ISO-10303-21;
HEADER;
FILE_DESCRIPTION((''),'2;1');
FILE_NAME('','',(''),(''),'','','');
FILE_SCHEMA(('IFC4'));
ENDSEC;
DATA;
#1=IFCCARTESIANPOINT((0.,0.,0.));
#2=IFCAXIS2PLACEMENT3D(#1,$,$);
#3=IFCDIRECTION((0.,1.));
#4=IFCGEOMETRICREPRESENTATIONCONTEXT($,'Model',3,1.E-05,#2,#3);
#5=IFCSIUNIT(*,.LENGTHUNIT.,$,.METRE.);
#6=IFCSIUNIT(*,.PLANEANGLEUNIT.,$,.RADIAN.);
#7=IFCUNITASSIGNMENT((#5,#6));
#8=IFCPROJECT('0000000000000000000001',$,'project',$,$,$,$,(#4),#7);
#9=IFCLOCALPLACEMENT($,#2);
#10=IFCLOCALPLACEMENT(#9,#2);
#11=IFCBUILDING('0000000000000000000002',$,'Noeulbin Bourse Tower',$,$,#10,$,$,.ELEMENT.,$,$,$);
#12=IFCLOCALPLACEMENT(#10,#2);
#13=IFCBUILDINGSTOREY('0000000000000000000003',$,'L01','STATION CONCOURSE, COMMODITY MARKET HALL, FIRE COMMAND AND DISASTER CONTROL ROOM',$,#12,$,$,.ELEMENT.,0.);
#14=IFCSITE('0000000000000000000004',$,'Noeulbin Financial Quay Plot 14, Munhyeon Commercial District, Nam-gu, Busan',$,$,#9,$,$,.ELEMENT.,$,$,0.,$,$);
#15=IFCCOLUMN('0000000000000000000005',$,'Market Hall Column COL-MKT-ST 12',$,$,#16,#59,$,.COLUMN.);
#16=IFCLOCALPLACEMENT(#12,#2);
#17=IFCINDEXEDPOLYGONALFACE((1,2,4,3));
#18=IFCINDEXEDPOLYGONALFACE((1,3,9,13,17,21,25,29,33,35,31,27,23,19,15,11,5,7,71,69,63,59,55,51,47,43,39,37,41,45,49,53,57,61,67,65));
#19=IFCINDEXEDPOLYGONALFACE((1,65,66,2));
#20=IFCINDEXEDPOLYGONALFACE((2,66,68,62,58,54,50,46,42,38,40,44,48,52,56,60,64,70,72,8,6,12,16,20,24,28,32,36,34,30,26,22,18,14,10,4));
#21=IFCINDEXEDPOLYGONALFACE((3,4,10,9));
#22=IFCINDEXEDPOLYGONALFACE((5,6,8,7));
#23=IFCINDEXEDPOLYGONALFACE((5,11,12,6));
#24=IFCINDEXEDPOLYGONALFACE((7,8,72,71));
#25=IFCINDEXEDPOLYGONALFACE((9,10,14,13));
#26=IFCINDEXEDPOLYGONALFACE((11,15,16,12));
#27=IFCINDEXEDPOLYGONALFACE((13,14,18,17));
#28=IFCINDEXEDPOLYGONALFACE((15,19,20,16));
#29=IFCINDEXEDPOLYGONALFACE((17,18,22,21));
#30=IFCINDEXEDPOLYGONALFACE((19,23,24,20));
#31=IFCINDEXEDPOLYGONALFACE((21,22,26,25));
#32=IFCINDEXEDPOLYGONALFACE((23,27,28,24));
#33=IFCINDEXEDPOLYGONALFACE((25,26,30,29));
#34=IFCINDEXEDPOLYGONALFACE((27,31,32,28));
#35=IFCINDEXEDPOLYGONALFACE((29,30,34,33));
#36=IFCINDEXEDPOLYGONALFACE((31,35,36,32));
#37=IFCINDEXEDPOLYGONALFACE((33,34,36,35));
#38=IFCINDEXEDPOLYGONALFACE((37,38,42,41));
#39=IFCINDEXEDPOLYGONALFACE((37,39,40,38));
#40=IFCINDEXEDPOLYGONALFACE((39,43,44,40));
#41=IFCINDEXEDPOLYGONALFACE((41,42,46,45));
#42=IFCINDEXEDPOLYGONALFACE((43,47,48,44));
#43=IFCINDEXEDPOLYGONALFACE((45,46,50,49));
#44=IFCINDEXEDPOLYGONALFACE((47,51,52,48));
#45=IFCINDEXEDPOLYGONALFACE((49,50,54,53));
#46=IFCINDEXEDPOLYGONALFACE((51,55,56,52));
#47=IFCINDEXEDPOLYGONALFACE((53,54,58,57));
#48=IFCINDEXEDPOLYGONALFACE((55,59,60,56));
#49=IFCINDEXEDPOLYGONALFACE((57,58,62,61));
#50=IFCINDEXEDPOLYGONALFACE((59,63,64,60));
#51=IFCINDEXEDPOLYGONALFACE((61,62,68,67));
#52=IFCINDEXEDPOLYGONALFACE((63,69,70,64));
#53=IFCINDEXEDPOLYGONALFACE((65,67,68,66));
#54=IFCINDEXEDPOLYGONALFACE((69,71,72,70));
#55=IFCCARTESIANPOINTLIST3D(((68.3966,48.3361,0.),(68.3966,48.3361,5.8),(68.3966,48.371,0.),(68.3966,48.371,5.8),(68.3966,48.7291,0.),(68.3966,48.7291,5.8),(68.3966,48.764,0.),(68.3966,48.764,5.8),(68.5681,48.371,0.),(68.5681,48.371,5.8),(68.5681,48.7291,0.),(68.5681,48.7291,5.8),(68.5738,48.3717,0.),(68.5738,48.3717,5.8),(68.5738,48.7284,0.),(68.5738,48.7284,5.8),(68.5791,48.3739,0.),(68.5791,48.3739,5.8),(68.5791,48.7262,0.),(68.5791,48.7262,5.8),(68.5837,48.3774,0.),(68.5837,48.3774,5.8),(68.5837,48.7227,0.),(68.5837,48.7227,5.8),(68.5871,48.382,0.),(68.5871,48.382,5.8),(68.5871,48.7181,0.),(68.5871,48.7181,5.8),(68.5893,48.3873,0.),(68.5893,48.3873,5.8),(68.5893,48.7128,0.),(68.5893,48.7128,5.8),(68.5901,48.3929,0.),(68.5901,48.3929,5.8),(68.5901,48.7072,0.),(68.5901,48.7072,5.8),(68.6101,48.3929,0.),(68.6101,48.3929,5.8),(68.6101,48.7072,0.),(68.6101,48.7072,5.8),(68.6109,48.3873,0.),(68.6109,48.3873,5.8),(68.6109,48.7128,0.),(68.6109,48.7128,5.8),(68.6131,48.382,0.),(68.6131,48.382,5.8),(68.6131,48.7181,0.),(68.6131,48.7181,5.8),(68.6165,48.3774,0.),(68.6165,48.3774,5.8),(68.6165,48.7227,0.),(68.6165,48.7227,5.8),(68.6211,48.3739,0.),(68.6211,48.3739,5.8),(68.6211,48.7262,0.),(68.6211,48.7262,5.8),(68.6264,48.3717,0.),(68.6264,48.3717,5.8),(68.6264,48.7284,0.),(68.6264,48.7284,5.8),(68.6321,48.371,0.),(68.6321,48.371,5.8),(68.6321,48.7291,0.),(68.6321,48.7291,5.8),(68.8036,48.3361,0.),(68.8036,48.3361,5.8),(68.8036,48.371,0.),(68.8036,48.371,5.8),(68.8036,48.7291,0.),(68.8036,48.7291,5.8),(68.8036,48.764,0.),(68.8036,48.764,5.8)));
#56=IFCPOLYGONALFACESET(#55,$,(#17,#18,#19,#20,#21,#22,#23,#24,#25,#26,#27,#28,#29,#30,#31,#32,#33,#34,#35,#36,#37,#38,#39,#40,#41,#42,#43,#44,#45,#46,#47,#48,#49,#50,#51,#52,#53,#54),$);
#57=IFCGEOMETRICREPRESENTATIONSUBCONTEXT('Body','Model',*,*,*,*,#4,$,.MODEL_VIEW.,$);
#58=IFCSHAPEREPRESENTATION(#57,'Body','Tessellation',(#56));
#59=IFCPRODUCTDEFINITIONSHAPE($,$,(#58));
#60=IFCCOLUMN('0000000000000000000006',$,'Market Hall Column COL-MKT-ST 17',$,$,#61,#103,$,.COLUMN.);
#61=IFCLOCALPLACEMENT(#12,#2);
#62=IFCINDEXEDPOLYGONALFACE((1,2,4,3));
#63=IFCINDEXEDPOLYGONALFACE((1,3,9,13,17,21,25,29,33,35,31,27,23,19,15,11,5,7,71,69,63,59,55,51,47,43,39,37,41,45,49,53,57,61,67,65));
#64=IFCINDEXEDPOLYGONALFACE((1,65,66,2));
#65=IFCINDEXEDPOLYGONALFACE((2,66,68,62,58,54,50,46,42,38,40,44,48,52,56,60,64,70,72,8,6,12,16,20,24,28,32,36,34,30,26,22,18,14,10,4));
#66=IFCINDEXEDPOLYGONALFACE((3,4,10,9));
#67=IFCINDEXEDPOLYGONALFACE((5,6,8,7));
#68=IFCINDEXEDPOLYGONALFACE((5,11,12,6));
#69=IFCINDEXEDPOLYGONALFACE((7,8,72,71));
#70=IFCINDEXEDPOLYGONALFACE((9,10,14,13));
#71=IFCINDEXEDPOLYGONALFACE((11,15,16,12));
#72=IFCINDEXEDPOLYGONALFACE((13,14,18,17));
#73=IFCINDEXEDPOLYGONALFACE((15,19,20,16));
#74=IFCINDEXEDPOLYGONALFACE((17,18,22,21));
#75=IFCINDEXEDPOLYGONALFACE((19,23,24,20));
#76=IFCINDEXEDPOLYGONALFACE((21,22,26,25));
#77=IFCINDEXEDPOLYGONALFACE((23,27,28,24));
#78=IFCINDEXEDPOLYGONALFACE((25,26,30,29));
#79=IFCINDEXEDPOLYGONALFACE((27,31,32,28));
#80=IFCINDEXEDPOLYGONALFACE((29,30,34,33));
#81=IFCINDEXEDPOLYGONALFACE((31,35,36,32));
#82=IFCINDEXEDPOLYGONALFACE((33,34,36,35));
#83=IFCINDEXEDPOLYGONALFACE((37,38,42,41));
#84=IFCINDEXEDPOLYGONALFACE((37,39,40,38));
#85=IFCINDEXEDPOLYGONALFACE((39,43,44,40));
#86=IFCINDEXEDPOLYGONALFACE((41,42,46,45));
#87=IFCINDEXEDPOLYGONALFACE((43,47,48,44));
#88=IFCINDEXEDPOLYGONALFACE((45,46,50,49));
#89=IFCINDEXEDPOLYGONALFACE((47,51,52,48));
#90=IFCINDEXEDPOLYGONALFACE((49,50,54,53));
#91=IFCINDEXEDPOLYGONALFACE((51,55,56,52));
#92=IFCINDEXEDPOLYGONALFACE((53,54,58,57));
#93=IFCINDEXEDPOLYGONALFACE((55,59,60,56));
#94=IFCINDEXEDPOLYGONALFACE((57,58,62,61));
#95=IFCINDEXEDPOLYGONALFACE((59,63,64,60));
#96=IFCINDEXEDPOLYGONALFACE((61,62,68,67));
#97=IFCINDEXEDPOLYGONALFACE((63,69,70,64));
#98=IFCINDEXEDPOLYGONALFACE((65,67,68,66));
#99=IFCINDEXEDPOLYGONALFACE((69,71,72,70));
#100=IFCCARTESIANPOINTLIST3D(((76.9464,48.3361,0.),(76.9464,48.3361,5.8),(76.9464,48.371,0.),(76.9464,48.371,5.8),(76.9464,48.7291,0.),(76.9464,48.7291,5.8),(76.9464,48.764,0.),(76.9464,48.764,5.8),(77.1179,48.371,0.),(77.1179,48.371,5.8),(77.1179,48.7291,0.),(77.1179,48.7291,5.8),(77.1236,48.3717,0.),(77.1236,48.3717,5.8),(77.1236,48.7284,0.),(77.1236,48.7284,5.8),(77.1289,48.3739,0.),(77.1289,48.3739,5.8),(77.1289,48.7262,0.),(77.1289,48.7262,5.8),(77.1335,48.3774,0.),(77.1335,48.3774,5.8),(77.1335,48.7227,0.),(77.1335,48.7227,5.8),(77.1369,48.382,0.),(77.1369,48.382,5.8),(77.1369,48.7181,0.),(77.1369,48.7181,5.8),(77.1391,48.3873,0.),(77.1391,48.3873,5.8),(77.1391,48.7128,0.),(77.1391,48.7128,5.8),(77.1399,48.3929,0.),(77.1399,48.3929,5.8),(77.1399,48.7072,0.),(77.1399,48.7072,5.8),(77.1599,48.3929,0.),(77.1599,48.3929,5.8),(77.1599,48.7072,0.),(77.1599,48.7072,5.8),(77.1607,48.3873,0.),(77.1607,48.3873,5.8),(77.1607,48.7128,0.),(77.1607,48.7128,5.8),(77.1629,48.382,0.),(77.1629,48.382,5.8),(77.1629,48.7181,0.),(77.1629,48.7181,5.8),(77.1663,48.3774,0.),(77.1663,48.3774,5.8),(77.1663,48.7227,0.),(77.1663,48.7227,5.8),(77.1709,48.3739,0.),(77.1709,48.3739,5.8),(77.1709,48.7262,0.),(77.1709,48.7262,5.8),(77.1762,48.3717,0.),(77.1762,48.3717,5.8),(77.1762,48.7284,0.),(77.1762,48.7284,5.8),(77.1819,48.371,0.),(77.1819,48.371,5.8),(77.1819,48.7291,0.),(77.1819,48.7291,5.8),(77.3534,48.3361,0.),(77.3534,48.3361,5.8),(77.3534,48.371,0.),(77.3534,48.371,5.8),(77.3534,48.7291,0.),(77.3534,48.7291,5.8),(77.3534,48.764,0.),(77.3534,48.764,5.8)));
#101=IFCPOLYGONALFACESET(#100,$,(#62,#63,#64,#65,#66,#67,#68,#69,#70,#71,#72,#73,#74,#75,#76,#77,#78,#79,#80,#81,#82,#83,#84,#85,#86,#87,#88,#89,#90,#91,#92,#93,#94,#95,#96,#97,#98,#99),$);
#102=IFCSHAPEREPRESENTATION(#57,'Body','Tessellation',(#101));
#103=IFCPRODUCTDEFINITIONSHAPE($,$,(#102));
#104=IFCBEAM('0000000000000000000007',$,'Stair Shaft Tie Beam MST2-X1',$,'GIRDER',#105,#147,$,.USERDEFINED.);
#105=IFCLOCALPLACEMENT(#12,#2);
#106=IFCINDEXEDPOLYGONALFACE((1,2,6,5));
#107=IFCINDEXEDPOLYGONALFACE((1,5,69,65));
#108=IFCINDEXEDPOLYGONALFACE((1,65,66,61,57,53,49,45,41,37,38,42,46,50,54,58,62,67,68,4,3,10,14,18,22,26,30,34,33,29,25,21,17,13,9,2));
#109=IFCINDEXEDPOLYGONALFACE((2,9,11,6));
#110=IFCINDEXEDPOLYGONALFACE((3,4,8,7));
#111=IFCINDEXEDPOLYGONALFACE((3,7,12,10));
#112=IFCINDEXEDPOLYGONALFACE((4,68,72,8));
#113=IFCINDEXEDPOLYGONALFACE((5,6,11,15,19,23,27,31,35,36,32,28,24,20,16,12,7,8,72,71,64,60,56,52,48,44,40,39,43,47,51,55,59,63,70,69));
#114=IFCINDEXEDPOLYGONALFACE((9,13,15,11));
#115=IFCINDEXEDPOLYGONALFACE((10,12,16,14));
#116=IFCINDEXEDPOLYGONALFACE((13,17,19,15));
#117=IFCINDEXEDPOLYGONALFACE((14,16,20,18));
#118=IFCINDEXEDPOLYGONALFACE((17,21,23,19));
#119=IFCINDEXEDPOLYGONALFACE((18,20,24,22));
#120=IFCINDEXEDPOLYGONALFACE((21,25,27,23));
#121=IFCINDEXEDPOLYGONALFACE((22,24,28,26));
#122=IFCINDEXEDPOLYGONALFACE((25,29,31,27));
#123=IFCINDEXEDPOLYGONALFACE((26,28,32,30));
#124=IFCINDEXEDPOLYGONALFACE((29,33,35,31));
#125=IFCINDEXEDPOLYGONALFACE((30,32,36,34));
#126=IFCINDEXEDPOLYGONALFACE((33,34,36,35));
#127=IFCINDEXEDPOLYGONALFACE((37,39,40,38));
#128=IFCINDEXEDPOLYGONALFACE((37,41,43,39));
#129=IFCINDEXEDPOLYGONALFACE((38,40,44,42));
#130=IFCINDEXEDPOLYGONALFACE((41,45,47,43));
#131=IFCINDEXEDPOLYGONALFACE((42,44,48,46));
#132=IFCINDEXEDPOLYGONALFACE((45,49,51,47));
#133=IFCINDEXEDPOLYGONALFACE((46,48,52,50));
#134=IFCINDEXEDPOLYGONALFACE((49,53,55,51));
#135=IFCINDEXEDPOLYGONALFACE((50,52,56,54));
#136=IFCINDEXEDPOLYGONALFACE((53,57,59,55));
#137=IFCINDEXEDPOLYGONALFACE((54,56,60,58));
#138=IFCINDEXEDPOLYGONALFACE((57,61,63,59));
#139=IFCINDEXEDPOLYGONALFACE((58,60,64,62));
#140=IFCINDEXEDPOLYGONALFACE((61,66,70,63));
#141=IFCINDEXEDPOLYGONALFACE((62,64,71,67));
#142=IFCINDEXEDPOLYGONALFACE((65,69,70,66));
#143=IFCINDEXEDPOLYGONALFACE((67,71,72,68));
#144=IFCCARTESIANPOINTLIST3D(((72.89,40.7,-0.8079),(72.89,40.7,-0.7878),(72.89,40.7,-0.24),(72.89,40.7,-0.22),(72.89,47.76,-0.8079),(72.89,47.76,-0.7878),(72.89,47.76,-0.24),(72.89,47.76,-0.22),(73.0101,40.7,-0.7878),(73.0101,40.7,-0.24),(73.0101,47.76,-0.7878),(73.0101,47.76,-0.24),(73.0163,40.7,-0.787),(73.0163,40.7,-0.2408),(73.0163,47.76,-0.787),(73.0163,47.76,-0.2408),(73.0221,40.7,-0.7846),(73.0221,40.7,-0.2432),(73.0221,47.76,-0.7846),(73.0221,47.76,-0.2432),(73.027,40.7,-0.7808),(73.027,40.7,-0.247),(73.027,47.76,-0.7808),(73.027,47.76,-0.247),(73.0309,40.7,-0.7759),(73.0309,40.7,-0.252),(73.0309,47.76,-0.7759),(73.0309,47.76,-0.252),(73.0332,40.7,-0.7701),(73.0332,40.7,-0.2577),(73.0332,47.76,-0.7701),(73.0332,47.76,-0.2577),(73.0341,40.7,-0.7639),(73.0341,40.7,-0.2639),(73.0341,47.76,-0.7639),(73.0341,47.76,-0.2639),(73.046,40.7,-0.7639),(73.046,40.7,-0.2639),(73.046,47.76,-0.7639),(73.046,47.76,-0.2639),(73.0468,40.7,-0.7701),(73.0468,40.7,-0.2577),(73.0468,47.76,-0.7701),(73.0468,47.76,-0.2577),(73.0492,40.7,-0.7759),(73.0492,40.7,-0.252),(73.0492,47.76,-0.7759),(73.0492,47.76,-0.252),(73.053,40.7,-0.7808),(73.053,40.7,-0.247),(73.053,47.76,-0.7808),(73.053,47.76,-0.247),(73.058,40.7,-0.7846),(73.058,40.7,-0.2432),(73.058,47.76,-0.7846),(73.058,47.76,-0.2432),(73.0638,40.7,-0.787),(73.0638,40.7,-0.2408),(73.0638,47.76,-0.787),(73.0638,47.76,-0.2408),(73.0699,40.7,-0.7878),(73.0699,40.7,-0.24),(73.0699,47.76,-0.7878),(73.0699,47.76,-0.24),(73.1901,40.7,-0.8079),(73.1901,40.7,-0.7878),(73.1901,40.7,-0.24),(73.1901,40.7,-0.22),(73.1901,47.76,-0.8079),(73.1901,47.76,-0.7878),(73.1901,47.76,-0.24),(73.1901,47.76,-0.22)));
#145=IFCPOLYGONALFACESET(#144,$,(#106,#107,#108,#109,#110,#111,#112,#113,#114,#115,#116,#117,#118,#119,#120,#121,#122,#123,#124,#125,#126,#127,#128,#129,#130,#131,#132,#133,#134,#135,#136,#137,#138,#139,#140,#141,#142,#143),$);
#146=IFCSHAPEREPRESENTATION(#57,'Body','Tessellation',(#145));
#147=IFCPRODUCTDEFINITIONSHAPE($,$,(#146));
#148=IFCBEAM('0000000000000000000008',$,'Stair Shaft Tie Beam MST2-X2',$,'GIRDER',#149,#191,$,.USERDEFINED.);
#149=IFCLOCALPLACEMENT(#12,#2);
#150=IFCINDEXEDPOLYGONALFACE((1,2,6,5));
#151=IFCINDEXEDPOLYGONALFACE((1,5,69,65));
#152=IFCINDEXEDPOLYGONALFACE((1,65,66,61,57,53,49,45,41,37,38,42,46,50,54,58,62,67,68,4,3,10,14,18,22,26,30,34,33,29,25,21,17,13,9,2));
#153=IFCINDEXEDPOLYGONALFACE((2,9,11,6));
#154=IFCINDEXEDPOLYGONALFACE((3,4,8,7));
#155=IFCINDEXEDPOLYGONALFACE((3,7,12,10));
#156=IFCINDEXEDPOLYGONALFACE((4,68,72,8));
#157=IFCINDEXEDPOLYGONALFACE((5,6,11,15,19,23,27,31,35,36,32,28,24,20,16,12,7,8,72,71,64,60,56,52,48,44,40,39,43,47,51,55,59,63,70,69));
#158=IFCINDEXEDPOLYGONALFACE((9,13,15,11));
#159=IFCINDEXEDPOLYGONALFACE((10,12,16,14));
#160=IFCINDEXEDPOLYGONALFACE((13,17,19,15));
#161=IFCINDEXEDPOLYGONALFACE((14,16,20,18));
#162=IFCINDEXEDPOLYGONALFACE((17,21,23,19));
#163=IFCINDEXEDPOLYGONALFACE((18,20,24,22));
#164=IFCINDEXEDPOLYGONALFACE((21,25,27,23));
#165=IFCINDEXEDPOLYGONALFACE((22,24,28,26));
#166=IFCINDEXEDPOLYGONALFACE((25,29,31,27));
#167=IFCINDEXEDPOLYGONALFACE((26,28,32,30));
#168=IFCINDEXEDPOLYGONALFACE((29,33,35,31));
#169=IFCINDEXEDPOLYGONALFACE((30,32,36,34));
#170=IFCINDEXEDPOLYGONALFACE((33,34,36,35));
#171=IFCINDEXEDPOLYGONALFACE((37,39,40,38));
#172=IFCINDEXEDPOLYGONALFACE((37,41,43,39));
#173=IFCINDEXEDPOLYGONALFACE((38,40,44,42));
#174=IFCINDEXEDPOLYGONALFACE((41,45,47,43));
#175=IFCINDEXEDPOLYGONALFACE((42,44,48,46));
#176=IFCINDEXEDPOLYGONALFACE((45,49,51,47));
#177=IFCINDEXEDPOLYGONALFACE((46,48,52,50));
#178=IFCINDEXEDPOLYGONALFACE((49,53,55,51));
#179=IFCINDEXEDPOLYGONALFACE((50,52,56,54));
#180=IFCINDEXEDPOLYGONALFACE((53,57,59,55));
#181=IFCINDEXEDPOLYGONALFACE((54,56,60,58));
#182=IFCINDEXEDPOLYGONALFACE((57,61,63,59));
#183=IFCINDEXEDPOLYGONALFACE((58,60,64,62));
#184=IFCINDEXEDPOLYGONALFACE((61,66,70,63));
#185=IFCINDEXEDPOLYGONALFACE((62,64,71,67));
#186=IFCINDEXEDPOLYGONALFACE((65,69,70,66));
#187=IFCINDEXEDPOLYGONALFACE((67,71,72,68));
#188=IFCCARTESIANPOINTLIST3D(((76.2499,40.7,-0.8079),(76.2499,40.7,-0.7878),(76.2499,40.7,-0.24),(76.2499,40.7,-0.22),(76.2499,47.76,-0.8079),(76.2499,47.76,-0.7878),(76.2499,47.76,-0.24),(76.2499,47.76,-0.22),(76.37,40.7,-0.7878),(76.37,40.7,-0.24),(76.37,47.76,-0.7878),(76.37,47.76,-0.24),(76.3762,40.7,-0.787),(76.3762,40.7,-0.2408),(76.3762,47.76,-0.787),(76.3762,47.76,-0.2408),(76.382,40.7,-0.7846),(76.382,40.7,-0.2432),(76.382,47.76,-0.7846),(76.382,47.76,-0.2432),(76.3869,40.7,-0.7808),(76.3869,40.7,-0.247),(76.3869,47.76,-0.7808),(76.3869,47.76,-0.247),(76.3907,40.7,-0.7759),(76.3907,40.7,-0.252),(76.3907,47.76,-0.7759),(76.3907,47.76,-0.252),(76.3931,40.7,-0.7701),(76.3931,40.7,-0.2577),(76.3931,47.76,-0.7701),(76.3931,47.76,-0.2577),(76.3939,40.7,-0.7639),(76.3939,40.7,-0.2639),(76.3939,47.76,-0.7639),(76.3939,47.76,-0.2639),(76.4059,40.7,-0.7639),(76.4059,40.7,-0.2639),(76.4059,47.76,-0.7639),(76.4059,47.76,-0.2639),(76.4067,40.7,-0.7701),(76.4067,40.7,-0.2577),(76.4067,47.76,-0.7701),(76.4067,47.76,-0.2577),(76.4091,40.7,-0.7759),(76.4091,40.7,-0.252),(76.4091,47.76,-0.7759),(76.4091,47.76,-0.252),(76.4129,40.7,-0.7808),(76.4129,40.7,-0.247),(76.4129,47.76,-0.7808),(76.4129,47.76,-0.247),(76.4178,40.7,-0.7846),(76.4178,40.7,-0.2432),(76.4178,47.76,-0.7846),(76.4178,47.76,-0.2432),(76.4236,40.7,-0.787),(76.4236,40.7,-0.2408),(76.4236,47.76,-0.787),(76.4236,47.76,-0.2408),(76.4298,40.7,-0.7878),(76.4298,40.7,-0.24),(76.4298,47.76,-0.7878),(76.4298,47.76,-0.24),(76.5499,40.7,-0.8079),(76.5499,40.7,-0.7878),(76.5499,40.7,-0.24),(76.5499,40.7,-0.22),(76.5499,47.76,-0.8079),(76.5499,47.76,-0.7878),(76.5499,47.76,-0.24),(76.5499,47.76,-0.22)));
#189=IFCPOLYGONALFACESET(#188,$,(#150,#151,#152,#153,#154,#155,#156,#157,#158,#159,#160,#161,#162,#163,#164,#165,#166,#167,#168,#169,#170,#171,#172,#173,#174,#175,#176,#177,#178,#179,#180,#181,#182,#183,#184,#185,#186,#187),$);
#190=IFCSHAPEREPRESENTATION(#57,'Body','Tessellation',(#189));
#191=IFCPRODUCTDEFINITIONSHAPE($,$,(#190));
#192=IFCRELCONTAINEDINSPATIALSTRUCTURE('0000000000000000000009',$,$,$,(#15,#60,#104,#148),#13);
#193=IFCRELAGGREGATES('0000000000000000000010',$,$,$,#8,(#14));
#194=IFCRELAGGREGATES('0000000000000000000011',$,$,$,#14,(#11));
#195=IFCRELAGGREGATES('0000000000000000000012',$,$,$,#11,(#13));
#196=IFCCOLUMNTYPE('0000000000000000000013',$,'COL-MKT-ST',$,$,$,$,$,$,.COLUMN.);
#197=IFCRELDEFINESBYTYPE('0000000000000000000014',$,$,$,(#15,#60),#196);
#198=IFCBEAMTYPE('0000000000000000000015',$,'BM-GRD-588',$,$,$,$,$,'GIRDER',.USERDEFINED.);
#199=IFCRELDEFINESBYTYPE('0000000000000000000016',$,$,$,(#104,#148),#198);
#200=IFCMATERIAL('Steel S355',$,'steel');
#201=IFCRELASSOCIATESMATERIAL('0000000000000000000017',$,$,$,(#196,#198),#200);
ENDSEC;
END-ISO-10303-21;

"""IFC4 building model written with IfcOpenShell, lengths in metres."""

from ifc_helpers import new_model, si_unit, direction, frame, origin, origin_2d, place, context, subcontext, project, spatial, i_section, extrude, material, material_profile, profile_set, type_object, element, save


model = new_model("IFC4")

# Units and contexts
model_context = context("Model", 3, precision=1e-05, world=origin(), true_north=direction((0.0, 1.0)))
body_context = subcontext(model_context, "Body", "Model", "MODEL_VIEW")
ifc_project = project(units=[si_unit("LENGTHUNIT", "METRE"), si_unit("PLANEANGLEUNIT", "RADIAN")], contexts=[model_context])

# Site, building, storey
site_placement = place(None, origin())
site = spatial("IfcSite", under=ifc_project, at=site_placement, Name="Noeulbin Financial Quay Plot 14, Munhyeon Commercial District, Nam-gu, Busan", CompositionType="ELEMENT", RefElevation=0.0)
building_placement = place(site_placement, origin())
building = spatial("IfcBuilding", under=site, at=building_placement, Name="Noeulbin Bourse Tower", CompositionType="ELEMENT")
storey_placement = place(building_placement, origin())
storey = spatial("IfcBuildingStorey", under=building, at=storey_placement, Name="L01", Description="STATION CONCOURSE, COMMODITY MARKET HALL, FIRE COMMAND AND DISASTER CONTROL ROOM", CompositionType="ELEMENT", Elevation=0.0)

# Columns
ifc_material_1 = material(Name="Steel S355", Category="steel")
ifc_material_profile_1 = material_profile(ifc_material_1, i_section(OverallWidth=0.407, OverallDepth=0.428, WebThickness=0.02, FlangeThickness=0.0349, FilletRadius=0.022, at=origin_2d()), Name="H-428x407x20x35", Category="LoadBearing")
ifc_profile_set_1 = profile_set([ifc_material_profile_1], Name="Steel S355")
column_type = type_object("IfcColumnType", Name="COL-MKT-ST", PredefinedType="COLUMN", material=ifc_profile_set_1)
for number, where, z_axis, x_axis, name in (
    (1, (68.6001, 48.55, 0.0), (0.0, 0.0, 1.0), (1.0, 0.0, 0.0), "Market Hall Column COL-MKT-ST 12"),
    (2, (77.1499, 48.55, 0.0), (0.0, 0.0, 1.0), (1.0, 0.0, 0.0), "Market Hall Column COL-MKT-ST 17"),
):
    element("IfcColumn", number, at=place(storey_placement, frame(where, z_axis=z_axis, x_axis=x_axis)), inside=storey, type_object=column_type, Name=name, PredefinedType="COLUMN", context=body_context, shape_type="SweptSolid", body=[
        extrude(i_section(OverallWidth=0.407, OverallDepth=0.428, WebThickness=0.02, FlangeThickness=0.0349, FilletRadius=0.022, at=origin_2d()), origin(), (0.0, 0.0, 1.0), 5.8),
    ])

# Beams
ifc_material_profile_2 = material_profile(ifc_material_1, i_section(OverallWidth=0.3, OverallDepth=0.5879, WebThickness=0.012, FlangeThickness=0.02, FilletRadius=0.0239, at=origin_2d()), Name="H-588x300x12x20", Category="LoadBearing")
ifc_profile_set_2 = profile_set([ifc_material_profile_2], Name="Steel S355")
beam_type_1 = type_object("IfcBeamType", Name="BM-GRD-588", ElementType="GIRDER", PredefinedType="USERDEFINED", material=ifc_profile_set_2)
for number, where, z_axis, x_axis, name in (
    (3, (73.04, 40.7, -0.5139), (0.0, 1.0, 0.0), (-1.0, 0.0, 0.0), "Stair Shaft Tie Beam MST2-X1"),
    (4, (76.3999, 40.7, -0.5139), (0.0, 1.0, 0.0), (-1.0, 0.0, 0.0), "Stair Shaft Tie Beam MST2-X2"),
):
    element("IfcBeam", number, at=place(storey_placement, frame(where, z_axis=z_axis, x_axis=x_axis)), inside=storey, type_object=beam_type_1, Name=name, ObjectType="GIRDER", PredefinedType="USERDEFINED", context=body_context, shape_type="SweptSolid", body=[
        extrude(i_section(OverallWidth=0.3, OverallDepth=0.5879, WebThickness=0.012, FlangeThickness=0.02, FilletRadius=0.0239, at=origin_2d()), origin(), (0.0, 0.0, 1.0), 7.0601),
    ])

save(model, "model.ifc")
